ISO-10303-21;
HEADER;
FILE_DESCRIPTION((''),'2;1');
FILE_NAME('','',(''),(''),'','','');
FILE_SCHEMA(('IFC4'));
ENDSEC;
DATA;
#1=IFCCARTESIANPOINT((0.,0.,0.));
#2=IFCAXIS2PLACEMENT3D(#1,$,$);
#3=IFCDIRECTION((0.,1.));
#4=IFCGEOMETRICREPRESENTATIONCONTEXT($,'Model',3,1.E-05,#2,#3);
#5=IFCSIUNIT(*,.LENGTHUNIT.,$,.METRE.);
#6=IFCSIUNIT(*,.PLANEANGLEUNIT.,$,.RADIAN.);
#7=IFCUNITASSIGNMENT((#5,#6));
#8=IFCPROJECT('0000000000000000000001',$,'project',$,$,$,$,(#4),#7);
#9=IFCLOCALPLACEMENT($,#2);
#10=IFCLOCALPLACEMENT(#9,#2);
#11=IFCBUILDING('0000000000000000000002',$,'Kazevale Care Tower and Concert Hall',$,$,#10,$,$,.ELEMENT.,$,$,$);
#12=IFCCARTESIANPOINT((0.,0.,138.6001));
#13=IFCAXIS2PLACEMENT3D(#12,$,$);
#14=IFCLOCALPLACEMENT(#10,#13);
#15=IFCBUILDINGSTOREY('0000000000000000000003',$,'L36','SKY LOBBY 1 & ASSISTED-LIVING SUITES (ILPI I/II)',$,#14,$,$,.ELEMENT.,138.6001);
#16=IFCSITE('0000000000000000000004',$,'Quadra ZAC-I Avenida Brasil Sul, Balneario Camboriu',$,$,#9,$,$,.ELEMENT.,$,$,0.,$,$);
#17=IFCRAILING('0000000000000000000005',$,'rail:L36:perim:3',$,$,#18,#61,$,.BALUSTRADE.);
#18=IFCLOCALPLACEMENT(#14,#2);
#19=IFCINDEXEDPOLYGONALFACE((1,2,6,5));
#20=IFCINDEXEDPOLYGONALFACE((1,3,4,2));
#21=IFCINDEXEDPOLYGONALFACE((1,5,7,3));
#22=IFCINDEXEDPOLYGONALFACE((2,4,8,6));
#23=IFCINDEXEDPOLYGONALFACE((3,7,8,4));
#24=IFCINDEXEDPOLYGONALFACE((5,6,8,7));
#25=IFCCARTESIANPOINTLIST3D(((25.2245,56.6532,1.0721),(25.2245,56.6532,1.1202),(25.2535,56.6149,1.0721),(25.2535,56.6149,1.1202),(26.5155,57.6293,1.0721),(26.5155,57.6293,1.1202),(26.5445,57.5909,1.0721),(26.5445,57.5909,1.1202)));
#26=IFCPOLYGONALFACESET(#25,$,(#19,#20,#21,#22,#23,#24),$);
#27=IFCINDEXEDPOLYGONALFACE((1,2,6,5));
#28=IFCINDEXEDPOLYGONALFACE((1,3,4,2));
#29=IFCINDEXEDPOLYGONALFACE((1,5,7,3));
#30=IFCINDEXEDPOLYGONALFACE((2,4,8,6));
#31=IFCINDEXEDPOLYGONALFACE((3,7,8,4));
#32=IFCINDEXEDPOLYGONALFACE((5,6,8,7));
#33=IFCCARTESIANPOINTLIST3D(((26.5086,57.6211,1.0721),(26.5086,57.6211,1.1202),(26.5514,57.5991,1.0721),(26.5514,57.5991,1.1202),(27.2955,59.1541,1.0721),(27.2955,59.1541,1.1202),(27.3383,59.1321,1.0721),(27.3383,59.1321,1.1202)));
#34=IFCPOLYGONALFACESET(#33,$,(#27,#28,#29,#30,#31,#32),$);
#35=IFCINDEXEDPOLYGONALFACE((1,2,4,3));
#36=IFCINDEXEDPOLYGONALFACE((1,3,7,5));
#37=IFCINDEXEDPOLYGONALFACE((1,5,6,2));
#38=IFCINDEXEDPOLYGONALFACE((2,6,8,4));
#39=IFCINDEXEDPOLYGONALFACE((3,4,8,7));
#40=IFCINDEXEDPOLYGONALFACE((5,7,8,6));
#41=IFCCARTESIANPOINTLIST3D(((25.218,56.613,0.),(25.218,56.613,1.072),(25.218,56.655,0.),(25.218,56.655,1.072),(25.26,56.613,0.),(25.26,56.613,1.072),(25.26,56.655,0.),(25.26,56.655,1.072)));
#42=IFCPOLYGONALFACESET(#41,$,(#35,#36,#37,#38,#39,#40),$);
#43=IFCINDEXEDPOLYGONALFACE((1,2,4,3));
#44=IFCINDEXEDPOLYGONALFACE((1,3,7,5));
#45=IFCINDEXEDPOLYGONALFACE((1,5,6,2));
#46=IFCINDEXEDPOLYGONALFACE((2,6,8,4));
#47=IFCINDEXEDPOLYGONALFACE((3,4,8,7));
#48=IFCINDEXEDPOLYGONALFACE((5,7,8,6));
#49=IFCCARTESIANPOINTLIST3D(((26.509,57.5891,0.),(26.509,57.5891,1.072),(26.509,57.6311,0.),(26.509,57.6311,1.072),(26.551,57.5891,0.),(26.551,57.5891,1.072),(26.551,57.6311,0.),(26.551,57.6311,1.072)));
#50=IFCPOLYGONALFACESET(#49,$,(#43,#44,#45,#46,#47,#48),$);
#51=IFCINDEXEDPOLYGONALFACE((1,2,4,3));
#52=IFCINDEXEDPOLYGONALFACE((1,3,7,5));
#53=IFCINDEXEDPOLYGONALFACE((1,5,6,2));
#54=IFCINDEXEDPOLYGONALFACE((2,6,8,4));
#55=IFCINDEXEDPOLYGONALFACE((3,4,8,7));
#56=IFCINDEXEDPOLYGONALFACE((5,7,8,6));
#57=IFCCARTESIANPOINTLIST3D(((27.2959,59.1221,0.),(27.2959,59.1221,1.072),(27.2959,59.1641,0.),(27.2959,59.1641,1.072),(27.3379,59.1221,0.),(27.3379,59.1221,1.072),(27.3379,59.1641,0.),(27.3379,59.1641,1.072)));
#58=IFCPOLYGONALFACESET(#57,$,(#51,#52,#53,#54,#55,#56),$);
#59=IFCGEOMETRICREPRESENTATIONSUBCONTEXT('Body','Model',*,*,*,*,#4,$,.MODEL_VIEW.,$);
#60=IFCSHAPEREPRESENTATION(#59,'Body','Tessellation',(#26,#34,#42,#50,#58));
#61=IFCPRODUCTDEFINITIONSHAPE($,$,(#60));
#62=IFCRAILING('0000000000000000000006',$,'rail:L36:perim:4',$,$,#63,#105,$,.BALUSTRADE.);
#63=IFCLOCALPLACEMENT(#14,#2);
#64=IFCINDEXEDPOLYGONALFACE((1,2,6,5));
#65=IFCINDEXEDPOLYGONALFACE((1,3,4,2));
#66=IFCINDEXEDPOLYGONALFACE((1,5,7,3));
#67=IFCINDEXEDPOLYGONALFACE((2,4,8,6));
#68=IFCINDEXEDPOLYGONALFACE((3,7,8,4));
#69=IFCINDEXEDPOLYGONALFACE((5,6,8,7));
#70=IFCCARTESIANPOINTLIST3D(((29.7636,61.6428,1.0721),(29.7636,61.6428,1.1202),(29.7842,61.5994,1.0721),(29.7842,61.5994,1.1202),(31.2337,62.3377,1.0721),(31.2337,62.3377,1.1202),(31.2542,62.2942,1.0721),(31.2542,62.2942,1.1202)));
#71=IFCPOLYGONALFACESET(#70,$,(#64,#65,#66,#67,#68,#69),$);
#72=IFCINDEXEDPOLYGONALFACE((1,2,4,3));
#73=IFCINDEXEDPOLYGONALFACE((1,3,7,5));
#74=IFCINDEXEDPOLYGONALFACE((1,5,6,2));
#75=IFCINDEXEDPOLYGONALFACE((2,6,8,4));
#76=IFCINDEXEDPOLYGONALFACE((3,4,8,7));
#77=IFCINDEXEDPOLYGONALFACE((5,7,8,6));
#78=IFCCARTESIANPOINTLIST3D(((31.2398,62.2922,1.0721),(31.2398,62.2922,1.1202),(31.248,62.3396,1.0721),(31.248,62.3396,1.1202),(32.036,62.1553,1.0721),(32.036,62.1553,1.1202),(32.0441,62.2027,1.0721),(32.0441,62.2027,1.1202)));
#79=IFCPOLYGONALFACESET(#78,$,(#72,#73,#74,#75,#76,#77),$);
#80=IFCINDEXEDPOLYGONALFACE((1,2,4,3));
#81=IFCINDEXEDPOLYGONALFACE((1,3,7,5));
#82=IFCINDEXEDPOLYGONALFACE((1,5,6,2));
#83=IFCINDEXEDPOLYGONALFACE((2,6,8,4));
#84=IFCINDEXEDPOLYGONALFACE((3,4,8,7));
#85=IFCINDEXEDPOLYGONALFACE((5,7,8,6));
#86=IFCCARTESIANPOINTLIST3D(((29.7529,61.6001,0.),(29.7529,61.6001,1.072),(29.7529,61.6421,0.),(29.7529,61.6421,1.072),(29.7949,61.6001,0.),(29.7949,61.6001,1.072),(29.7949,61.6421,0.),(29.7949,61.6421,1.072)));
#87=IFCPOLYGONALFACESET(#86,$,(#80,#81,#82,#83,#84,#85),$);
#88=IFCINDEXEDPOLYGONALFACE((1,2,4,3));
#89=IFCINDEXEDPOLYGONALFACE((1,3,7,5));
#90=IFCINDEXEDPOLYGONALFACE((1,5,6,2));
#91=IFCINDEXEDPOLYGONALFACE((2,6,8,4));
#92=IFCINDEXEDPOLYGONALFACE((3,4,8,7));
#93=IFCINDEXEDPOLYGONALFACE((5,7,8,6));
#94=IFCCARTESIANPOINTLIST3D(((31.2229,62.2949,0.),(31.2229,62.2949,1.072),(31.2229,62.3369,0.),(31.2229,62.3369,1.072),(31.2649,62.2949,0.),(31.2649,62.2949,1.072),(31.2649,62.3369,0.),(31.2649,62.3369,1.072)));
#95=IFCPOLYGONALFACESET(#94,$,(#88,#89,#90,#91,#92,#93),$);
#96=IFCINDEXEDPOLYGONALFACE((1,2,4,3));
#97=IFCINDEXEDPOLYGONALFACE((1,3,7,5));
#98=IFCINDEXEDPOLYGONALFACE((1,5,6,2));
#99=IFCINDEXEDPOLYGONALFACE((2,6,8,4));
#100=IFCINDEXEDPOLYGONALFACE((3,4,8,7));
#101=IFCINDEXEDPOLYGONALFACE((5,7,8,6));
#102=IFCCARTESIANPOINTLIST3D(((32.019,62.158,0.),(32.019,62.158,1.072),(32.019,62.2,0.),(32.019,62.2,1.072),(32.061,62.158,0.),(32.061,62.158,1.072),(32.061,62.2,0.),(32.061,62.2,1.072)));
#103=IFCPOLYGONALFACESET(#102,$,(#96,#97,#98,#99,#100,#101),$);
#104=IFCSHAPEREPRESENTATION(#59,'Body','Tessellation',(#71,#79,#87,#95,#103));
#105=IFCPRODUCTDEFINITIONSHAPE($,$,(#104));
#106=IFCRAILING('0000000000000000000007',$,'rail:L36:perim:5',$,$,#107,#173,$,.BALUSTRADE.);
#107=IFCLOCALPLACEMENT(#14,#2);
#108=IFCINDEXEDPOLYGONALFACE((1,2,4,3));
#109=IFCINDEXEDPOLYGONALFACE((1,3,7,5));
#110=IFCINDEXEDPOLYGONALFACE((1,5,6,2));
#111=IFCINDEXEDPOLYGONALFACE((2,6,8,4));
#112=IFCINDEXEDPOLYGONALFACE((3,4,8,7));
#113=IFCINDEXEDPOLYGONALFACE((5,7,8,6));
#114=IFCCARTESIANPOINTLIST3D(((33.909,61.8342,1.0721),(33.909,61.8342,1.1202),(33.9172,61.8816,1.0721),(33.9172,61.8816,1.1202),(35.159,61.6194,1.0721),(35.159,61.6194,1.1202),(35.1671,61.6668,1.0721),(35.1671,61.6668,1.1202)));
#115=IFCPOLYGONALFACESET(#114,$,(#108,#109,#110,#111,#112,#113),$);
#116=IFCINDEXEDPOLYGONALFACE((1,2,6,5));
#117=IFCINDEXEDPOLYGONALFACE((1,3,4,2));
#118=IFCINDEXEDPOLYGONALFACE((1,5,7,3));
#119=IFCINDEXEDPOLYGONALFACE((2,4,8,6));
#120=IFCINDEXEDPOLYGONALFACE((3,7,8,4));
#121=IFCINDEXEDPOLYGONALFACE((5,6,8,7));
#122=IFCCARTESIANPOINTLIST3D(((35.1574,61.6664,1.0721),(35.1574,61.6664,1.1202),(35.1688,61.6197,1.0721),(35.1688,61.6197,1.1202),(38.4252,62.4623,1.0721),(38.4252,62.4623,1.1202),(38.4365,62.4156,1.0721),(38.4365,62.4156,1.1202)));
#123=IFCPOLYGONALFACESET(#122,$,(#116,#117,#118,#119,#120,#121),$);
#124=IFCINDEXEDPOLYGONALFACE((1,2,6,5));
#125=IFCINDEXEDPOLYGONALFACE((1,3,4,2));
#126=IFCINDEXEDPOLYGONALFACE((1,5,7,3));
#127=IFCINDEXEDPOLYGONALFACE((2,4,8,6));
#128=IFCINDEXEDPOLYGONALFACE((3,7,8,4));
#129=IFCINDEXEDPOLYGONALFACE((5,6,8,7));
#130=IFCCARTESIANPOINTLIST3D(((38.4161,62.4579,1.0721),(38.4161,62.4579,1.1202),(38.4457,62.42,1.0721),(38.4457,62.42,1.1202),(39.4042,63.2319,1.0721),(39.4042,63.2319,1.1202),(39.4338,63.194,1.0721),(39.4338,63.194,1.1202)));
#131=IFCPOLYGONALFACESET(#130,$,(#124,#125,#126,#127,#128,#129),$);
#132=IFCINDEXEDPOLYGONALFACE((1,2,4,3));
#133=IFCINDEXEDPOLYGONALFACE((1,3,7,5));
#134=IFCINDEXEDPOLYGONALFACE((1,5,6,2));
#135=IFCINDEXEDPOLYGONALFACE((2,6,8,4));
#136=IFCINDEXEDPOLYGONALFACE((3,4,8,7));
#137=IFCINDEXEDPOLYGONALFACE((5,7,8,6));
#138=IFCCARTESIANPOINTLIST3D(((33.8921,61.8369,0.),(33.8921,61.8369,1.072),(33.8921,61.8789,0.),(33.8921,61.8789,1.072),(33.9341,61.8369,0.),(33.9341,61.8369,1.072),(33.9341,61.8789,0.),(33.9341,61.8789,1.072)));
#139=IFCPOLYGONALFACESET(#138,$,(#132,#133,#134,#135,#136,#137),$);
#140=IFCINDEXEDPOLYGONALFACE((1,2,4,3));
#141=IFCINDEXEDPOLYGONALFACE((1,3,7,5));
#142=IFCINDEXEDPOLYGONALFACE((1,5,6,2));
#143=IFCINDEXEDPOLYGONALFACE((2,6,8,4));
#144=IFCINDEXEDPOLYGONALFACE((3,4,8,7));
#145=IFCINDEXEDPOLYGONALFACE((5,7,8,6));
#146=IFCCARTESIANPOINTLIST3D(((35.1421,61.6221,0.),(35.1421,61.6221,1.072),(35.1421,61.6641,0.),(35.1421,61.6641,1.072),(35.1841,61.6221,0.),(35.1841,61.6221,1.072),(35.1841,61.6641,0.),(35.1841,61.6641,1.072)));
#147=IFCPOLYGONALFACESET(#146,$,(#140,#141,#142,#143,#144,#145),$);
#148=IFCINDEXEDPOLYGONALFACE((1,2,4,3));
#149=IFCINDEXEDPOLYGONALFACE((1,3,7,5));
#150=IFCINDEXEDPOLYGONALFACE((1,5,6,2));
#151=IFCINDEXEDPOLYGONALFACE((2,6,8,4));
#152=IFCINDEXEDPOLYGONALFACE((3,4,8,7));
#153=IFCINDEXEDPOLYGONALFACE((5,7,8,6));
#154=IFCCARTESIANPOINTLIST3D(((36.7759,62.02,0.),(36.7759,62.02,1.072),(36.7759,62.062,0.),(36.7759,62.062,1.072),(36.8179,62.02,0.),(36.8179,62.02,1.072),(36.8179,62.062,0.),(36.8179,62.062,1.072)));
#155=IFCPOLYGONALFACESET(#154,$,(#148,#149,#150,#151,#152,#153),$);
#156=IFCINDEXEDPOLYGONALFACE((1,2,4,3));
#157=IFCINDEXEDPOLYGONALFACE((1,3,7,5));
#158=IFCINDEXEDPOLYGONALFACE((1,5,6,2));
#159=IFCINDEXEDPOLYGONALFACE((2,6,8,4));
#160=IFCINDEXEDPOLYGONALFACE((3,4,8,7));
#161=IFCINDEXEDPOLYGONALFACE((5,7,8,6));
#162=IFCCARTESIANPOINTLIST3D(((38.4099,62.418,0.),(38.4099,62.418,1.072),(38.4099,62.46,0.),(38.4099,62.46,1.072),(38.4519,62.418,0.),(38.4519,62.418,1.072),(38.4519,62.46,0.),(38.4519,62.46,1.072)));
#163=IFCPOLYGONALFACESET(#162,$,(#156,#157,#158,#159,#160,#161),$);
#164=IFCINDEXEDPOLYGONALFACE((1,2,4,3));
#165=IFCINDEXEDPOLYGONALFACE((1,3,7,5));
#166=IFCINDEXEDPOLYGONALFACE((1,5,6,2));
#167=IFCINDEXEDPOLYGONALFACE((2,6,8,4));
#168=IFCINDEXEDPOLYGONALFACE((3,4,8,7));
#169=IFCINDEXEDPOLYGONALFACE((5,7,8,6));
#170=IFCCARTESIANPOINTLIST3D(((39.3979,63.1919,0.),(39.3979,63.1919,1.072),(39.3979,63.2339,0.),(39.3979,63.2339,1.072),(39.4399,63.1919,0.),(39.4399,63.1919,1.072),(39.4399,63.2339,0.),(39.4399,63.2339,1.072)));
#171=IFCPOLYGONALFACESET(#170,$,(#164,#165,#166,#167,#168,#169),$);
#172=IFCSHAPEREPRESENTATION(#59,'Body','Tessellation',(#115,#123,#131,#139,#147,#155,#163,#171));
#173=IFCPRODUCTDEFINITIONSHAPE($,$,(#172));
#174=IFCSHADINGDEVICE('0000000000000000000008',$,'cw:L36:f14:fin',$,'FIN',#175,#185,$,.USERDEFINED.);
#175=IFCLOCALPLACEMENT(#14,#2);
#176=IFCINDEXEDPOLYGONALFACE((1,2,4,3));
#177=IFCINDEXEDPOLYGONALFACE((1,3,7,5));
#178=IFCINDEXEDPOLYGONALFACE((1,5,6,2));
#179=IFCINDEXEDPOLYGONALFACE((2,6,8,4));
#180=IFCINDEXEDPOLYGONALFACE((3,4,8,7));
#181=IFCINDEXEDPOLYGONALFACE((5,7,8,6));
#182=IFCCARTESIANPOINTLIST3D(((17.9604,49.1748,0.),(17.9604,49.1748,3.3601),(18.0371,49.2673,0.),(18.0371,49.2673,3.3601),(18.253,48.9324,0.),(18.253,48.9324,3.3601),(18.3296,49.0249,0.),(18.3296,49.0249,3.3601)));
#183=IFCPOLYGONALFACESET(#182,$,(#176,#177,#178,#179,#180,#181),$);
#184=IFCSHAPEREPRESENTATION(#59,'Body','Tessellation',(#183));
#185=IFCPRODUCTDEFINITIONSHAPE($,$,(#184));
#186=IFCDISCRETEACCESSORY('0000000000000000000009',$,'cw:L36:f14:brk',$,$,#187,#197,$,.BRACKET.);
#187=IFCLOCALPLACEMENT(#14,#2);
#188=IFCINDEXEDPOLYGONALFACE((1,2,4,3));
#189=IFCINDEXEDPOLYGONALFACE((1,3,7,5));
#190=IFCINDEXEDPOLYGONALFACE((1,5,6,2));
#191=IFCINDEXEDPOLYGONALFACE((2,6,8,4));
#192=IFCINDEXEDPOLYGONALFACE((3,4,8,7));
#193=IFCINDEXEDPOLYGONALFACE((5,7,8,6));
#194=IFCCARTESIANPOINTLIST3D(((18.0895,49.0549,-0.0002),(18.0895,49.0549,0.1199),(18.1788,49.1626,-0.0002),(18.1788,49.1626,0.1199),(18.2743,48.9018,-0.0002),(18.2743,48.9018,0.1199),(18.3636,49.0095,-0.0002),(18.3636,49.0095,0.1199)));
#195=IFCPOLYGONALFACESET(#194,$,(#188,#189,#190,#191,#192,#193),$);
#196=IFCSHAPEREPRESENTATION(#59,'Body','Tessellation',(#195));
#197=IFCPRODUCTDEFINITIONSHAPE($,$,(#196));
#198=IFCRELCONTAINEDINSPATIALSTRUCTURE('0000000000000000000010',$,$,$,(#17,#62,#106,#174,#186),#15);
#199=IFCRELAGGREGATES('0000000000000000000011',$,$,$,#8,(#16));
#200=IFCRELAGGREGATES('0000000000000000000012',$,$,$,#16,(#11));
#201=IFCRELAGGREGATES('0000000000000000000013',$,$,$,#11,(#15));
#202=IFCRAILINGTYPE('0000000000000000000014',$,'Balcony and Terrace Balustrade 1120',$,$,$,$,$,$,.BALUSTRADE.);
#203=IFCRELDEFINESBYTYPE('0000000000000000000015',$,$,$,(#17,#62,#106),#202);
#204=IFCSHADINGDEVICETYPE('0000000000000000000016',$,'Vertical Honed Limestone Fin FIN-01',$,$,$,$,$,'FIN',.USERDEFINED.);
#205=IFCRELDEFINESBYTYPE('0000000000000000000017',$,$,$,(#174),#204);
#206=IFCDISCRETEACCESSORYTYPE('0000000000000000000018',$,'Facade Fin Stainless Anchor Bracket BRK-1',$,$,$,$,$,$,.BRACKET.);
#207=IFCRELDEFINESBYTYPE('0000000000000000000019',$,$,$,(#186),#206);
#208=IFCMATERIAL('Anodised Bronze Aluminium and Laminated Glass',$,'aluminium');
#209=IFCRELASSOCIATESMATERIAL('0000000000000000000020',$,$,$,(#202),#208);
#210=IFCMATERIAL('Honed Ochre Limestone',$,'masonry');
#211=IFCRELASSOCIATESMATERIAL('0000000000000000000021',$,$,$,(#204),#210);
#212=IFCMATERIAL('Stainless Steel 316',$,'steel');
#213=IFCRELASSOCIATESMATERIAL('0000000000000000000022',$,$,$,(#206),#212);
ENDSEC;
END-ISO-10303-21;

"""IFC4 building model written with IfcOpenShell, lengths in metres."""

from ifc_helpers import new_model, si_unit, direction, frame, origin, origin_2d, place, context, subcontext, project, spatial, rectangle, extrude, material, type_object, element, save


model = new_model("IFC4")

# Units and contexts
model_context = context("Model", 3, precision=1e-05, world=origin(), true_north=direction((0.0, 1.0)))
body_context = subcontext(model_context, "Body", "Model", "MODEL_VIEW")
ifc_project = project(units=[si_unit("LENGTHUNIT", "METRE"), si_unit("PLANEANGLEUNIT", "RADIAN")], contexts=[model_context])

# Site, building, storey
site_placement = place(None, origin())
site = spatial("IfcSite", under=ifc_project, at=site_placement, Name="Quadra ZAC-I Avenida Brasil Sul, Balneario Camboriu", CompositionType="ELEMENT", RefElevation=0.0)
building_placement = place(site_placement, origin())
building = spatial("IfcBuilding", under=site, at=building_placement, Name="Kazevale Care Tower and Concert Hall", CompositionType="ELEMENT")
storey_placement = place(building_placement, frame((0.0, 0.0, 138.6001)))
storey = spatial("IfcBuildingStorey", under=building, at=storey_placement, Name="L36", Description="SKY LOBBY 1 & ASSISTED-LIVING SUITES (ILPI I/II)", CompositionType="ELEMENT", Elevation=138.6001)

# Railings
ifc_material_1 = material(Name="Anodised Bronze Aluminium and Laminated Glass", Category="aluminium")
railing_type = type_object("IfcRailingType", Name="Balcony and Terrace Balustrade 1120", PredefinedType="BALUSTRADE", material=ifc_material_1)
railing_1_placement = place(storey_placement, frame((25.239, 56.634, 0.0)))
element("IfcRailing", 1, at=railing_1_placement, inside=storey, type_object=railing_type, Name="rail:L36:perim:3", PredefinedType="BALUSTRADE", context=body_context, shape_type="SweptSolid", body=[
    extrude(rectangle(XDim=0.0481, YDim=0.0481, at=origin_2d()), frame((0.0, 0.0, 1.0962), z_axis=(0.797677, 0.603085, 0.0), x_axis=(-0.603085, 0.797677, 0.0)), (0.0, 0.0, 1.0), 1.6184),
    extrude(rectangle(XDim=0.0481, YDim=0.0481, at=origin_2d()), frame((1.291, 0.9761, 1.0962), z_axis=(0.456653, 0.889645, 0.0), x_axis=(-0.889645, 0.456653, 0.0)), (0.0, 0.0, 1.0), 1.7231),
    extrude(rectangle(XDim=0.042, YDim=0.042, at=origin_2d()), origin(), (0.0, 0.0, 1.0), 1.072),
    extrude(rectangle(XDim=0.042, YDim=0.042, at=origin_2d()), frame((1.291, 0.9761, 0.0)), (0.0, 0.0, 1.0), 1.072),
    extrude(rectangle(XDim=0.042, YDim=0.042, at=origin_2d()), frame((2.0779, 2.509, 0.0)), (0.0, 0.0, 1.0), 1.072),
])
railing_2_placement = place(storey_placement, frame((29.7739, 61.6211, 0.0)))
element("IfcRailing", 2, at=railing_2_placement, inside=storey, type_object=railing_type, Name="rail:L36:perim:4", PredefinedType="BALUSTRADE", context=body_context, shape_type="SweptSolid", body=[
    extrude(rectangle(XDim=0.0481, YDim=0.0481, at=origin_2d()), frame((0.0, 0.0, 1.0962), z_axis=(0.904089, 0.427344, 0.0), x_axis=(-0.427344, 0.904089, 0.0)), (0.0, 0.0, 1.0), 1.626),
    extrude(rectangle(XDim=0.0481, YDim=0.0481, at=origin_2d()), frame((1.47, 0.6948, 1.0962), z_axis=(0.985523, -0.169543, 0.0), x_axis=(0.169543, 0.985523, 0.0)), (0.0, 0.0, 1.0), 0.8079),
    extrude(rectangle(XDim=0.042, YDim=0.042, at=origin_2d()), origin(), (0.0, 0.0, 1.0), 1.072),
    extrude(rectangle(XDim=0.042, YDim=0.042, at=origin_2d()), frame((1.47, 0.6948, 0.0)), (0.0, 0.0, 1.0), 1.072),
    extrude(rectangle(XDim=0.042, YDim=0.042, at=origin_2d()), frame((2.2661, 0.5579, 0.0)), (0.0, 0.0, 1.0), 1.072),
])
railing_3_placement = place(storey_placement, frame((33.9131, 61.8579, 0.0)))
element("IfcRailing", 3, at=railing_3_placement, inside=storey, type_object=railing_type, Name="rail:L36:perim:5", PredefinedType="BALUSTRADE", context=body_context, shape_type="SweptSolid", body=[
    extrude(rectangle(XDim=0.0481, YDim=0.0481, at=origin_2d()), frame((0.0, 0.0, 1.0962), z_axis=(0.985549, -0.169391, 0.0), x_axis=(0.169391, 0.985549, 0.0)), (0.0, 0.0, 1.0), 1.2683),
    extrude(rectangle(XDim=0.0481, YDim=0.0481, at=origin_2d()), frame((1.25, -0.2148, 1.0962), z_axis=(0.971598, 0.236639, 0.0), x_axis=(-0.236639, 0.971598, 0.0)), (0.0, 0.0, 1.0), 3.3633),
    extrude(rectangle(XDim=0.0481, YDim=0.0481, at=origin_2d()), frame((4.5178, 0.5811, 1.0962), z_axis=(0.787242, 0.616644, 0.0), x_axis=(-0.616644, 0.787242, 0.0)), (0.0, 0.0, 1.0), 1.2551),
    extrude(rectangle(XDim=0.042, YDim=0.042, at=origin_2d()), origin(), (0.0, 0.0, 1.0), 1.072),
    extrude(rectangle(XDim=0.042, YDim=0.042, at=origin_2d()), frame((1.25, -0.2148, 0.0)), (0.0, 0.0, 1.0), 1.072),
    extrude(rectangle(XDim=0.042, YDim=0.042, at=origin_2d()), frame((2.8838, 0.1831, 0.0)), (0.0, 0.0, 1.0), 1.072),
    extrude(rectangle(XDim=0.042, YDim=0.042, at=origin_2d()), frame((4.5178, 0.5811, 0.0)), (0.0, 0.0, 1.0), 1.072),
    extrude(rectangle(XDim=0.042, YDim=0.042, at=origin_2d()), frame((5.5059, 1.355, 0.0)), (0.0, 0.0, 1.0), 1.072),
])

# Shading device
ifc_material_2 = material(Name="Honed Ochre Limestone", Category="masonry")
shading_device_type = type_object("IfcShadingDeviceType", Name="Vertical Honed Limestone Fin FIN-01", ElementType="FIN", PredefinedType="USERDEFINED", material=ifc_material_2)
shading_device_placement = place(storey_placement, frame((18.145, 49.0999, 0.0), z_axis=(0.0, 0.0, 1.0), x_axis=(-0.770068, 0.637962, 0.0)))
element("IfcShadingDevice", 4, at=shading_device_placement, inside=storey, type_object=shading_device_type, Name="cw:L36:f14:fin", ObjectType="FIN", PredefinedType="USERDEFINED", context=body_context, shape_type="SweptSolid", body=[
    extrude(rectangle(XDim=0.3799, YDim=0.1201, at=origin_2d()), origin(), (0.0, 0.0, 1.0), 3.3601),
])

# Discrete accessory
ifc_material_3 = material(Name="Stainless Steel 316", Category="steel")
discrete_accessory_type = type_object("IfcDiscreteAccessoryType", Name="Facade Fin Stainless Anchor Bracket BRK-1", PredefinedType="BRACKET", material=ifc_material_3)
discrete_accessory_placement = place(storey_placement, frame((18.2266, 49.0322, -0.0002), z_axis=(0.0, 0.0, 1.0), x_axis=(-0.770068, 0.637962, 0.0)))
element("IfcDiscreteAccessory", 5, at=discrete_accessory_placement, inside=storey, type_object=discrete_accessory_type, Name="cw:L36:f14:brk", PredefinedType="BRACKET", context=body_context, shape_type="SweptSolid", body=[
    extrude(rectangle(XDim=0.24, YDim=0.1399, at=origin_2d()), origin(), (0.0, 0.0, 1.0), 0.1201),
])

save(model, "model.ifc")
